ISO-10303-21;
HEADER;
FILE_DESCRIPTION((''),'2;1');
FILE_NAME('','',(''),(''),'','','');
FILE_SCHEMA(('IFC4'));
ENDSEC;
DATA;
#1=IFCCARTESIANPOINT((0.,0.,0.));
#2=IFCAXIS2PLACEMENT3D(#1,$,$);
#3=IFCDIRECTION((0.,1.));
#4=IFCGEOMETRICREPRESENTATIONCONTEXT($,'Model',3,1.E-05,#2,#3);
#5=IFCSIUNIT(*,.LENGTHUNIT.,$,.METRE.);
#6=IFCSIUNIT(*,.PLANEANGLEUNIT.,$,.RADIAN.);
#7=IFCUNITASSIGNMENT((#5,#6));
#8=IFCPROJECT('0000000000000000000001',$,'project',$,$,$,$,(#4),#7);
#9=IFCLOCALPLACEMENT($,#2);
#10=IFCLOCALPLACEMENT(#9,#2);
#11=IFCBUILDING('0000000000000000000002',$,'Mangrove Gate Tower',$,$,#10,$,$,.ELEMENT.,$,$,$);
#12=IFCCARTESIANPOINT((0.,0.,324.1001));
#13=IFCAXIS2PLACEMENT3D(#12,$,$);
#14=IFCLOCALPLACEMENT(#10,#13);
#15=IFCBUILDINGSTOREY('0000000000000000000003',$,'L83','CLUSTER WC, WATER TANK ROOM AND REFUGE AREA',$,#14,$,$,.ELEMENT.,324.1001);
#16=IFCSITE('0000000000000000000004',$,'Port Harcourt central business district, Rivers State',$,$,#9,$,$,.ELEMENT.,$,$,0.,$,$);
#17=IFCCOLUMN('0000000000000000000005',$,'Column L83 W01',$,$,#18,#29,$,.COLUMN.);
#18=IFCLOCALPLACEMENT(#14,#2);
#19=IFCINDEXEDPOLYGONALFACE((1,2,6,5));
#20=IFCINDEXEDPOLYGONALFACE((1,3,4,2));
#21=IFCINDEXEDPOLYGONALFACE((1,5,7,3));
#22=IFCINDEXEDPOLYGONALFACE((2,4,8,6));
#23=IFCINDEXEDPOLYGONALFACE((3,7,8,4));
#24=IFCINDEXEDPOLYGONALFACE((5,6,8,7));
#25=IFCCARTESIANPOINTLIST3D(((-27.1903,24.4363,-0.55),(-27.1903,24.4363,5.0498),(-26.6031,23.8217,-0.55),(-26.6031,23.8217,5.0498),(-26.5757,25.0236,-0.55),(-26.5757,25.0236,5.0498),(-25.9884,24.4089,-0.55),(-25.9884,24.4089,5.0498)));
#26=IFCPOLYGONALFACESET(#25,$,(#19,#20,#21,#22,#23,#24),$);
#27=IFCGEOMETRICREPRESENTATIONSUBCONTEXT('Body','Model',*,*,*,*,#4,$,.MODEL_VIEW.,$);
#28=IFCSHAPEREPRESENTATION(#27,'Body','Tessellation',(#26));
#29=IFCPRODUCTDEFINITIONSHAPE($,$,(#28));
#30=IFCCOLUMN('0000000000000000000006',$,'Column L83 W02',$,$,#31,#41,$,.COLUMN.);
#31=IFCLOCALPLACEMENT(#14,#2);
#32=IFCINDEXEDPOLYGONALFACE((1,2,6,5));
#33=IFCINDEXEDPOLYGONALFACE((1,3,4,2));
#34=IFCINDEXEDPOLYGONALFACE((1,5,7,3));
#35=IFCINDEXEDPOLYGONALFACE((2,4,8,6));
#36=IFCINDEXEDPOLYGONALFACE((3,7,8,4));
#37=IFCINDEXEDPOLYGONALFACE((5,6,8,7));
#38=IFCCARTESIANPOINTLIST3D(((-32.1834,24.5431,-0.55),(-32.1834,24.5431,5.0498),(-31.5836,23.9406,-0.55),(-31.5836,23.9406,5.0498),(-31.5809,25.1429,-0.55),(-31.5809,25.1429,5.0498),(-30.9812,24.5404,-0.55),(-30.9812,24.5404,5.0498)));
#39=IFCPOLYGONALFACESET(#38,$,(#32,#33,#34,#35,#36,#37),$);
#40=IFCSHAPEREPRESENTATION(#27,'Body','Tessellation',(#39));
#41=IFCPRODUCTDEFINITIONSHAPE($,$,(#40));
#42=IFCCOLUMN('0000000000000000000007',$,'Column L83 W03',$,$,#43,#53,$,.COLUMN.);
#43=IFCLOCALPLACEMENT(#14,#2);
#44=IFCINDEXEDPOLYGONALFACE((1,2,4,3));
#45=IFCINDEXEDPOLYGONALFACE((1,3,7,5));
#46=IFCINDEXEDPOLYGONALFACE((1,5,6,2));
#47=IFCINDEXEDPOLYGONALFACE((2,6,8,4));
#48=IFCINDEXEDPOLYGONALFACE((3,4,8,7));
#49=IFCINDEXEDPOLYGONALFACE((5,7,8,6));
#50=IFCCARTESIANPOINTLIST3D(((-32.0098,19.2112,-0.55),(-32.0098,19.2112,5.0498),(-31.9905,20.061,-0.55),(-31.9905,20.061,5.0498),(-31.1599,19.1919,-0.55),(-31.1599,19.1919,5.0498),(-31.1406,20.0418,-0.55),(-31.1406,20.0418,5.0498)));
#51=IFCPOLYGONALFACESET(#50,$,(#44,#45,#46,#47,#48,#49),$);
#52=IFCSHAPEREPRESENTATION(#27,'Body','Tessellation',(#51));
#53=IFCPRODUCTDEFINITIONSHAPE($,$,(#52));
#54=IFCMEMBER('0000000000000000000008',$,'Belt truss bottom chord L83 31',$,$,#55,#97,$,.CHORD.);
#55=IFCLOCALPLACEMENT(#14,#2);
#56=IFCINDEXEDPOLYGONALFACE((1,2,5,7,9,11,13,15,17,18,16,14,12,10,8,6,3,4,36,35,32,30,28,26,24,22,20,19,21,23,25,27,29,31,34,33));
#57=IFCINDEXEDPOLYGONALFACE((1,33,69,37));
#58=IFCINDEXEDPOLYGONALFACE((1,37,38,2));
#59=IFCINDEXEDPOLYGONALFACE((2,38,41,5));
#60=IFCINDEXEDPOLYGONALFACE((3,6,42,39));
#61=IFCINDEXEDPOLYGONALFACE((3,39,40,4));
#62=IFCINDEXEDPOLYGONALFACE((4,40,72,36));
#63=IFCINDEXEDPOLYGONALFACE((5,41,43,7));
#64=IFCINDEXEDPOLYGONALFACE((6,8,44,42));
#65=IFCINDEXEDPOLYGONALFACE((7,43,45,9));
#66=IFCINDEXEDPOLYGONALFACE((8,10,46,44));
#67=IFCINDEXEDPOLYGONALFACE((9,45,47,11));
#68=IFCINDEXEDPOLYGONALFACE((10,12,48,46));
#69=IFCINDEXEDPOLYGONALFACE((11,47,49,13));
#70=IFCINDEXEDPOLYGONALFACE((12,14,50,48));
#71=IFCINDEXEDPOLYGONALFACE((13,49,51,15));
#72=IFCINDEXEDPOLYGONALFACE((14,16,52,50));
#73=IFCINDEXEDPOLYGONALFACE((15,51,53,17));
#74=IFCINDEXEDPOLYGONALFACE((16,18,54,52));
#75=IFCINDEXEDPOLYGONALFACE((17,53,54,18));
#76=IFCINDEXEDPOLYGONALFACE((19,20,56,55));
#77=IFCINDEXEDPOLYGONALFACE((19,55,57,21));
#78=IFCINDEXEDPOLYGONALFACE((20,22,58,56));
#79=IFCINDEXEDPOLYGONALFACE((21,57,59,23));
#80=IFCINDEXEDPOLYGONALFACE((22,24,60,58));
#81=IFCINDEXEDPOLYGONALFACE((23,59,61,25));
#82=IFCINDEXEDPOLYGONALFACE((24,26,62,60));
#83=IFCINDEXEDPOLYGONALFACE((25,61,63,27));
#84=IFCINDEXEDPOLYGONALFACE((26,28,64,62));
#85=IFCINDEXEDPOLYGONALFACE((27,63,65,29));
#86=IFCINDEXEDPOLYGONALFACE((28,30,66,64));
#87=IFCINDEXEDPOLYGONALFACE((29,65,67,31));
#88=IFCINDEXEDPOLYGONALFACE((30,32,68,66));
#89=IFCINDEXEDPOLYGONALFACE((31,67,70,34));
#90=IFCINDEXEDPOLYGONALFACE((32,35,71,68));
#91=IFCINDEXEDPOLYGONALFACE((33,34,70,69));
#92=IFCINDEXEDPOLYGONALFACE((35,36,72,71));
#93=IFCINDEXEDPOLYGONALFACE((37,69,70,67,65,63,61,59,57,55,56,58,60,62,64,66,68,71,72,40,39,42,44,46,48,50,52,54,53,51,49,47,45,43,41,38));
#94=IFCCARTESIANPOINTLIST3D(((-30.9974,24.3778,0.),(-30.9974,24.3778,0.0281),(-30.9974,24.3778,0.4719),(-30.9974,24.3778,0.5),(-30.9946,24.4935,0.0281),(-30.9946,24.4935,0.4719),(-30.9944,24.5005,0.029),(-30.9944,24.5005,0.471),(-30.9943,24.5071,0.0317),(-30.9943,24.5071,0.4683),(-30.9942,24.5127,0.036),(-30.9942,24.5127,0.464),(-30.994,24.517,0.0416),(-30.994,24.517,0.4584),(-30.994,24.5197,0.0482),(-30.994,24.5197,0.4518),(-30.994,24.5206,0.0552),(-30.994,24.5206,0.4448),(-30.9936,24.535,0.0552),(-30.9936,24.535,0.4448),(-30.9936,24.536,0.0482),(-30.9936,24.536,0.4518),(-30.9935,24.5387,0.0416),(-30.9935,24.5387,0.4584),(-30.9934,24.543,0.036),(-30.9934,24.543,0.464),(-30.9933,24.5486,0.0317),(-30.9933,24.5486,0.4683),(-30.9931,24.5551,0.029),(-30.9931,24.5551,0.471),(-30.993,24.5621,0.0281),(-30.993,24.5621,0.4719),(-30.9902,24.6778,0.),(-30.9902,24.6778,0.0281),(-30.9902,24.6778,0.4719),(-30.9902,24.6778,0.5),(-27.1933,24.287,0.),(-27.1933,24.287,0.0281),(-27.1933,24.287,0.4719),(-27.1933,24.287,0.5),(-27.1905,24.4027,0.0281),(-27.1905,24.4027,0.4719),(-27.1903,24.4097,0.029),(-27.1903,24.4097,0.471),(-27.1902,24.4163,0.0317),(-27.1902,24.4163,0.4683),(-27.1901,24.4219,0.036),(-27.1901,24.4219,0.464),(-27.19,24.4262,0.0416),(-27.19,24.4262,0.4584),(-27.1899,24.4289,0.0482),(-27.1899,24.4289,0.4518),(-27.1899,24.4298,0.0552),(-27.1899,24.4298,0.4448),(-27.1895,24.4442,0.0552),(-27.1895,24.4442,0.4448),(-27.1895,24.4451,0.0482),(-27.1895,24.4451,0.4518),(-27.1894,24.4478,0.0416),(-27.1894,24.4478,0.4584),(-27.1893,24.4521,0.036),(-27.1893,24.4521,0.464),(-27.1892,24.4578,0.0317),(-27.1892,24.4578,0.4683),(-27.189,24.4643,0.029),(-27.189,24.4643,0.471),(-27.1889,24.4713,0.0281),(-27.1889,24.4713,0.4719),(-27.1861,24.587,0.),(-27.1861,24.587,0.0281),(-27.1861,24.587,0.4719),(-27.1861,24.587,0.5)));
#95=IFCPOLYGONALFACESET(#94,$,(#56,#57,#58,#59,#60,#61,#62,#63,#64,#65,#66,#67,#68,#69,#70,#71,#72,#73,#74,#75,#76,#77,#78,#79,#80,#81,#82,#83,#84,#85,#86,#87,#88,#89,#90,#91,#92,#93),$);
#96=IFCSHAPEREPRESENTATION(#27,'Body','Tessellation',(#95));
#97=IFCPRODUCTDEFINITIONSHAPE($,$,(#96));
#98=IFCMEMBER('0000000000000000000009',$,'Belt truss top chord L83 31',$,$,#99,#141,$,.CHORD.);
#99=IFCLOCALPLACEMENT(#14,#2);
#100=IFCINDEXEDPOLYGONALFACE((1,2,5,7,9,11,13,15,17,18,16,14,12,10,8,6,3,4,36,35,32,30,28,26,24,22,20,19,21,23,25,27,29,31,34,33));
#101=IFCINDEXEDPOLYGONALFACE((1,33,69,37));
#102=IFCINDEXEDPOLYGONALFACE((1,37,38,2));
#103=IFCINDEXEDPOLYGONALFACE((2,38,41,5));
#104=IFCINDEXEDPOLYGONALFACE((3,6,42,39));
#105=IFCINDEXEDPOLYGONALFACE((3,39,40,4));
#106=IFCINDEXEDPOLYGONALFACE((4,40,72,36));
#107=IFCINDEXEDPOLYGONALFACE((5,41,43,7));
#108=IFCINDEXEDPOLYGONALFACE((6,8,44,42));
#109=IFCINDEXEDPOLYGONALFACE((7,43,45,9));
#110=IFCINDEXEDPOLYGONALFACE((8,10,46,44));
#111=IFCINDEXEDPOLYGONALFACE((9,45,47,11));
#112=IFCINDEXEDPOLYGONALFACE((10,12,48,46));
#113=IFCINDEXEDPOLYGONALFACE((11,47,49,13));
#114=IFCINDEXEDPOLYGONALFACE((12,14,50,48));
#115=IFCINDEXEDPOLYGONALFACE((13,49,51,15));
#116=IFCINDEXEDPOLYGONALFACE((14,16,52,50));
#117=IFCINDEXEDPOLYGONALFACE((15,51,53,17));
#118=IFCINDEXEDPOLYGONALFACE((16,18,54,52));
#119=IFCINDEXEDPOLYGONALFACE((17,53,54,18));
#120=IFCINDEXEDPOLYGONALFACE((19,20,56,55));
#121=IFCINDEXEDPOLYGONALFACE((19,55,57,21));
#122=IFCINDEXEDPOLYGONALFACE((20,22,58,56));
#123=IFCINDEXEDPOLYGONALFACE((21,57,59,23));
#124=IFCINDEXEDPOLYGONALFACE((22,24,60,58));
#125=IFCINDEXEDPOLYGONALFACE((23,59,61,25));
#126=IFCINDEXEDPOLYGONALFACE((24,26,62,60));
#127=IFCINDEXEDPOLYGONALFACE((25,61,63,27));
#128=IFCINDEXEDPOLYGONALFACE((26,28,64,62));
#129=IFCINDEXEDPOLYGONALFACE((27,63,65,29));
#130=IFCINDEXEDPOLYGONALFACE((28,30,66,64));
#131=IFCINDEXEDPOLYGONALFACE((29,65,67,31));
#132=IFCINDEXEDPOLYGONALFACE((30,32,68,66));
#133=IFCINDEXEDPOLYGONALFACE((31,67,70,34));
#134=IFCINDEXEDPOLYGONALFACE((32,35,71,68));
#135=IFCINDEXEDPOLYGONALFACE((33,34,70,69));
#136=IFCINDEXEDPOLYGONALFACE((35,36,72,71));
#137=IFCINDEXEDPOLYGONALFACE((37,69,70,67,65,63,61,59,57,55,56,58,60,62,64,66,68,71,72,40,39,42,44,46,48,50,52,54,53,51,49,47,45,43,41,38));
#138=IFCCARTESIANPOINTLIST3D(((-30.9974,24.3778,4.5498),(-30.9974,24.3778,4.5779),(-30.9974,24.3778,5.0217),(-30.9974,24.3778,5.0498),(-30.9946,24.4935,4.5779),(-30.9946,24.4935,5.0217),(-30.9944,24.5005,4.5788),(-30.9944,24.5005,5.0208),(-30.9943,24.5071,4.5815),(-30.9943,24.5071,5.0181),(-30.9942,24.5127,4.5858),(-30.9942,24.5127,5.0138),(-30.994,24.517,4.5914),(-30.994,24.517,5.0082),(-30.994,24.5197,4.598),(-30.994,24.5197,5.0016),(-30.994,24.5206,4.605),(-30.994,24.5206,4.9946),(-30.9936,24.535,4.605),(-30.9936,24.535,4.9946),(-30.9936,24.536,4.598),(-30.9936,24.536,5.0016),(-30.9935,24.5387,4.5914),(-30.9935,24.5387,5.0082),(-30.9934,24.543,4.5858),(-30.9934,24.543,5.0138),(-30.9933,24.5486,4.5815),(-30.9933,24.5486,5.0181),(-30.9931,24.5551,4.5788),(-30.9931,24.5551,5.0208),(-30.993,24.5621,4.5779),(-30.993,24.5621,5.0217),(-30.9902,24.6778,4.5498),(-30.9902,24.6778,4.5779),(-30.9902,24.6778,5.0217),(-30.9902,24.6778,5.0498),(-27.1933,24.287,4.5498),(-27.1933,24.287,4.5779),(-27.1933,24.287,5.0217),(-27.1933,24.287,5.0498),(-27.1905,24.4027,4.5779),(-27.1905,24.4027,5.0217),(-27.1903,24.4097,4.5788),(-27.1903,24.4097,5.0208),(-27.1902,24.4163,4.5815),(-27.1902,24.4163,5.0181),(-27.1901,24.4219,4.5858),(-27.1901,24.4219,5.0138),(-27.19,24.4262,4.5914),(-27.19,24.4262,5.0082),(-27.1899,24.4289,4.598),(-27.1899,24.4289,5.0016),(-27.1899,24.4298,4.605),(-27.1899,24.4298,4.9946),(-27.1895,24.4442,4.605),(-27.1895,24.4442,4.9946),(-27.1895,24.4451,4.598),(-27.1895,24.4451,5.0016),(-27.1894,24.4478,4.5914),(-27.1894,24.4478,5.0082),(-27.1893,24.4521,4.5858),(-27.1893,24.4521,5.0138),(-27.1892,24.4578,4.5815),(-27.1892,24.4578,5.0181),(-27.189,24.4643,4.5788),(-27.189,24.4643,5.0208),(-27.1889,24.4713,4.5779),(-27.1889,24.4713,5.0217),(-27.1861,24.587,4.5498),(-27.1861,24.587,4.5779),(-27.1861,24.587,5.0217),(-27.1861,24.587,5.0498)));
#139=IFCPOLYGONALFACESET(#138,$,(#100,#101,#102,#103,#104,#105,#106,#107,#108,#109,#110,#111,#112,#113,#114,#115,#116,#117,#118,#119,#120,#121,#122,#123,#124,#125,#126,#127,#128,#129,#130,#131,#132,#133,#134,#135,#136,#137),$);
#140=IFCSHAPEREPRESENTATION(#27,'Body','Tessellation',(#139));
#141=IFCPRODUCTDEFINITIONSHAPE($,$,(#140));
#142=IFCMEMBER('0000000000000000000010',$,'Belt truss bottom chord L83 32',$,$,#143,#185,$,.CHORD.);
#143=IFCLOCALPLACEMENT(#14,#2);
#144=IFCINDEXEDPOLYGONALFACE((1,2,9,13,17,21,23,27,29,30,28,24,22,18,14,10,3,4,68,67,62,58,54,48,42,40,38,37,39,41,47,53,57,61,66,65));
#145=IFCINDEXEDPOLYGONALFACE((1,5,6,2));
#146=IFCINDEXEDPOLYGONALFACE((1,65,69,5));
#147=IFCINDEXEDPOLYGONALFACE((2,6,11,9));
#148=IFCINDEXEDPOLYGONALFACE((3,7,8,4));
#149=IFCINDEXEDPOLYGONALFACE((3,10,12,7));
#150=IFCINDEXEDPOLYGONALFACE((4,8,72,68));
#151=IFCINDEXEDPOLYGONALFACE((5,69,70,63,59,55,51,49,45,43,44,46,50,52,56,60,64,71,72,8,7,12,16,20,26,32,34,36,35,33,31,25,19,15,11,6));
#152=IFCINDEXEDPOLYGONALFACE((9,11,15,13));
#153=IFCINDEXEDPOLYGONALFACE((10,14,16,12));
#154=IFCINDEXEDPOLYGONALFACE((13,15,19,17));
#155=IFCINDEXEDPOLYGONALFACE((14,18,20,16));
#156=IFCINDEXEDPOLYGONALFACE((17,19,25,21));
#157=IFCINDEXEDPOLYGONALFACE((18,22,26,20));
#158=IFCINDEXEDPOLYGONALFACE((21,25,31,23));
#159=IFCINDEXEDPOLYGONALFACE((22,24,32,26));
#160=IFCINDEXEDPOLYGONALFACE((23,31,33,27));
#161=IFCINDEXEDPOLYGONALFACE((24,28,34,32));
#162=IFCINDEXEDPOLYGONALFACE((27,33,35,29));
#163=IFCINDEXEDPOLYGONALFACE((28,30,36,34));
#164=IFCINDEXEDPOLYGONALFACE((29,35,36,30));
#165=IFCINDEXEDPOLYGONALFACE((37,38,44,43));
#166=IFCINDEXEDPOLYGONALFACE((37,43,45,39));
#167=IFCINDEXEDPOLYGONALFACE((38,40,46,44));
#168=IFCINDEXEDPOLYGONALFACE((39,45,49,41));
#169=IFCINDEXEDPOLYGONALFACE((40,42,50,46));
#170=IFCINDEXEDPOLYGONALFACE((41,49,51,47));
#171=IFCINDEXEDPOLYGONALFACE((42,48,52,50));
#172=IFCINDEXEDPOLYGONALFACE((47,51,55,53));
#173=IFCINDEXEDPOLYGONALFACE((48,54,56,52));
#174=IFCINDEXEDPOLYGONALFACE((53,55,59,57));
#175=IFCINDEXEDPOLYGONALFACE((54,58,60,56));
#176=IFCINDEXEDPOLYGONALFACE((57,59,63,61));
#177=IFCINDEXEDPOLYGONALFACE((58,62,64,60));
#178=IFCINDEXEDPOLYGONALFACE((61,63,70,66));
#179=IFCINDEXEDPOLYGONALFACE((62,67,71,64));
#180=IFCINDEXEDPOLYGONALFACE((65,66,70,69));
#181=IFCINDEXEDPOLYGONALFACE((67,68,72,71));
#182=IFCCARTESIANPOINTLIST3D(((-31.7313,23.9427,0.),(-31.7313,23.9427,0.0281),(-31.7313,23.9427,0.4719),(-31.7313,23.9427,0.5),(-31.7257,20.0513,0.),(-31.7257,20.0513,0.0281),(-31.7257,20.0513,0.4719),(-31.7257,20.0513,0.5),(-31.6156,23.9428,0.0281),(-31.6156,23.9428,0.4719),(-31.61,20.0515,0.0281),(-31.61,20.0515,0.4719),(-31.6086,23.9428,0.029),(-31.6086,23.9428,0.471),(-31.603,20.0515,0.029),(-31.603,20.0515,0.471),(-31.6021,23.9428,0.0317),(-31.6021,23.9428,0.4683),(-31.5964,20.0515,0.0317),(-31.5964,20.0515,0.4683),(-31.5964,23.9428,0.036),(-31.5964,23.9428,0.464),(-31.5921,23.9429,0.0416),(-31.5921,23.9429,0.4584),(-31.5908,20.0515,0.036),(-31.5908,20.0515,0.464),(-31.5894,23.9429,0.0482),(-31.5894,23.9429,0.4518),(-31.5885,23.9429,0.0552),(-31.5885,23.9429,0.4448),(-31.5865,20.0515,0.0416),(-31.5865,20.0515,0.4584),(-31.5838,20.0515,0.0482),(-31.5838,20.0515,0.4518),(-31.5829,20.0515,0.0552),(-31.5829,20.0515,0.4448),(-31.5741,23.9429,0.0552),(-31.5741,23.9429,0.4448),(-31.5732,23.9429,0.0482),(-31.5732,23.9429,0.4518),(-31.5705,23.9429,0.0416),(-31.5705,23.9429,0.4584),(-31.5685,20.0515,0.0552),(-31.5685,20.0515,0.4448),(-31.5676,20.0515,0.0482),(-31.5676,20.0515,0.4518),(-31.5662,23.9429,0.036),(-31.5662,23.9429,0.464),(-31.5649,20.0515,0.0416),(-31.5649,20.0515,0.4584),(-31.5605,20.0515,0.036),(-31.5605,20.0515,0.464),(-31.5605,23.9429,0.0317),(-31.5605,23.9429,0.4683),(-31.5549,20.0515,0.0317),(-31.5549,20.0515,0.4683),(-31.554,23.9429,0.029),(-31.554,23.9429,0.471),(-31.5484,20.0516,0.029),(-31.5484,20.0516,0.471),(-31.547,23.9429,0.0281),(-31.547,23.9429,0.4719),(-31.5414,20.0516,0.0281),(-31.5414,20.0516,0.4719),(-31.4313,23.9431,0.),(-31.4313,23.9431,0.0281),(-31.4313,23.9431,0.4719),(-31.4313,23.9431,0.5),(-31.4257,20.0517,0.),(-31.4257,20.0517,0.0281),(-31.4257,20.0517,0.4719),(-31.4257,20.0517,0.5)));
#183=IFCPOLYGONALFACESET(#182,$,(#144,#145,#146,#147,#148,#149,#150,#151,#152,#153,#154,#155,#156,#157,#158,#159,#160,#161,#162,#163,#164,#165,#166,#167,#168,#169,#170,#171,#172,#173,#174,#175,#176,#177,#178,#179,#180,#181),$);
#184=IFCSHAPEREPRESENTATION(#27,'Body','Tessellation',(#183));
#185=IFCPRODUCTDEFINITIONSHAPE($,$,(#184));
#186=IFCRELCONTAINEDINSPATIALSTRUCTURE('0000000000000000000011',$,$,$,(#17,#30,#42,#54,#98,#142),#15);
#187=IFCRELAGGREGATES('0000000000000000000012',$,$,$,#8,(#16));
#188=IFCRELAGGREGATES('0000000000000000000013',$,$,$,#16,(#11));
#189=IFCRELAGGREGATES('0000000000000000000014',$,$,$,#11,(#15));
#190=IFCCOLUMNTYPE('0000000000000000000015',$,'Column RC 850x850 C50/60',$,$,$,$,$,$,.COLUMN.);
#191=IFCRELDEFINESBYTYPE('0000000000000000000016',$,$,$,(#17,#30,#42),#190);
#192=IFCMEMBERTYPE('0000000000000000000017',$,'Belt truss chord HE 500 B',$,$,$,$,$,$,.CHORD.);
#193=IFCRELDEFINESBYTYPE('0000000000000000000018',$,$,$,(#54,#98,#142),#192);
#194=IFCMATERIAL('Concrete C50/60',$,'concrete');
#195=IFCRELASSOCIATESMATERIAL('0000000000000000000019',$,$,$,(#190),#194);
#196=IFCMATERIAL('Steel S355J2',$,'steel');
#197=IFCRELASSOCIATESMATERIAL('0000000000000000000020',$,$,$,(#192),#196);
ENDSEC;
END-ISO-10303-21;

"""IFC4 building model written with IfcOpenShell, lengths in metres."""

from ifc_helpers import new_model, si_unit, direction, frame, origin, origin_2d, place, context, subcontext, project, spatial, rectangle, i_section, extrude, material, material_profile, profile_set, type_object, element, save


model = new_model("IFC4")

# Units and contexts
model_context = context("Model", 3, precision=1e-05, world=origin(), true_north=direction((0.0, 1.0)))
body_context = subcontext(model_context, "Body", "Model", "MODEL_VIEW")
ifc_project = project(units=[si_unit("LENGTHUNIT", "METRE"), si_unit("PLANEANGLEUNIT", "RADIAN")], contexts=[model_context])

# Site, building, storey
site_placement = place(None, origin())
site = spatial("IfcSite", under=ifc_project, at=site_placement, Name="Port Harcourt central business district, Rivers State", CompositionType="ELEMENT", RefElevation=0.0)
building_placement = place(site_placement, origin())
building = spatial("IfcBuilding", under=site, at=building_placement, Name="Mangrove Gate Tower", CompositionType="ELEMENT")
storey_placement = place(building_placement, frame((0.0, 0.0, 324.1001)))
storey = spatial("IfcBuildingStorey", under=building, at=storey_placement, Name="L83", Description="CLUSTER WC, WATER TANK ROOM AND REFUGE AREA", CompositionType="ELEMENT", Elevation=324.1001)

# Columns
ifc_material_1 = material(Name="Concrete C50/60", Category="concrete")
ifc_material_profile_1 = material_profile(ifc_material_1, rectangle(XDim=0.8501, YDim=0.8501, at=origin_2d()))
ifc_profile_set_1 = profile_set([ifc_material_profile_1], Name="Concrete C50/60")
column_type = type_object("IfcColumnType", Name="Column RC 850x850 C50/60", PredefinedType="COLUMN", material=ifc_profile_set_1)
for number, where, z_axis, x_axis, name in (
    (1, (-26.5894, 24.4226, -0.55), (0.0, 0.0, 1.0), (-0.723044, -0.690802, 0.0), "Column L83 W01"),
    (2, (-31.5823, 24.5417, -0.55), (0.0, 0.0, 1.0), (-0.708698, -0.705512, 0.0), "Column L83 W02"),
    (3, (-31.5752, 19.6265, -0.55), (0.0, 0.0, 1.0), (-0.022656, -0.999743, 0.0), "Column L83 W03"),
):
    element("IfcColumn", number, at=place(storey_placement, frame(where, z_axis=z_axis, x_axis=x_axis)), inside=storey, type_object=column_type, Name=name, PredefinedType="COLUMN", context=body_context, shape_type="SweptSolid", body=[
        extrude(rectangle(XDim=0.8501, YDim=0.8501, at=origin_2d()), origin(), (0.0, 0.0, 1.0), 5.5999),
    ])

# Members
ifc_material_2 = material(Name="Steel S355J2", Category="steel")
ifc_material_profile_2 = material_profile(ifc_material_2, i_section(OverallWidth=0.3, OverallDepth=0.5, WebThickness=0.0144, FlangeThickness=0.0281, FilletRadius=0.0271, at=origin_2d()))
ifc_profile_set_2 = profile_set([ifc_material_profile_2], Name="Steel S355J2")
member_type_1 = type_object("IfcMemberType", Name="Belt truss chord HE 500 B", PredefinedType="CHORD", material=ifc_profile_set_2)
for number, where, z_axis, x_axis, name in (
    (4, (-27.1897, 24.437, 0.25), (-0.999715, 0.023867, 0.0), (-0.023867, -0.999715, 0.0), "Belt truss bottom chord L83 31"),
    (5, (-27.1897, 24.437, 4.7998), (-0.999715, 0.023867, 0.0), (-0.023867, -0.999715, 0.0), "Belt truss top chord L83 31"),
):
    element("IfcMember", number, at=place(storey_placement, frame(where, z_axis=z_axis, x_axis=x_axis)), inside=storey, type_object=member_type_1, Name=name, PredefinedType="CHORD", context=body_context, shape_type="SweptSolid", body=[
        extrude(i_section(OverallWidth=0.3, OverallDepth=0.5, WebThickness=0.0144, FlangeThickness=0.0281, FilletRadius=0.0271, at=origin_2d()), origin(), (0.0, 0.0, 1.0), 3.8052),
    ])
for number, where, z_axis, x_axis, name in (
    (6, (-31.5813, 23.9429, 0.25), (0.001443, -0.999999, 0.0), (0.999999, 0.001443, 0.0), "Belt truss bottom chord L83 32"),
):
    element("IfcMember", number, at=place(storey_placement, frame(where, z_axis=z_axis, x_axis=x_axis)), inside=storey, type_object=member_type_1, Name=name, PredefinedType="CHORD", context=body_context, shape_type="SweptSolid", body=[
        extrude(i_section(OverallWidth=0.3, OverallDepth=0.5, WebThickness=0.0144, FlangeThickness=0.0281, FilletRadius=0.0271, at=origin_2d()), origin(), (0.0, 0.0, 1.0), 3.8914),
    ])

save(model, "model.ifc")
